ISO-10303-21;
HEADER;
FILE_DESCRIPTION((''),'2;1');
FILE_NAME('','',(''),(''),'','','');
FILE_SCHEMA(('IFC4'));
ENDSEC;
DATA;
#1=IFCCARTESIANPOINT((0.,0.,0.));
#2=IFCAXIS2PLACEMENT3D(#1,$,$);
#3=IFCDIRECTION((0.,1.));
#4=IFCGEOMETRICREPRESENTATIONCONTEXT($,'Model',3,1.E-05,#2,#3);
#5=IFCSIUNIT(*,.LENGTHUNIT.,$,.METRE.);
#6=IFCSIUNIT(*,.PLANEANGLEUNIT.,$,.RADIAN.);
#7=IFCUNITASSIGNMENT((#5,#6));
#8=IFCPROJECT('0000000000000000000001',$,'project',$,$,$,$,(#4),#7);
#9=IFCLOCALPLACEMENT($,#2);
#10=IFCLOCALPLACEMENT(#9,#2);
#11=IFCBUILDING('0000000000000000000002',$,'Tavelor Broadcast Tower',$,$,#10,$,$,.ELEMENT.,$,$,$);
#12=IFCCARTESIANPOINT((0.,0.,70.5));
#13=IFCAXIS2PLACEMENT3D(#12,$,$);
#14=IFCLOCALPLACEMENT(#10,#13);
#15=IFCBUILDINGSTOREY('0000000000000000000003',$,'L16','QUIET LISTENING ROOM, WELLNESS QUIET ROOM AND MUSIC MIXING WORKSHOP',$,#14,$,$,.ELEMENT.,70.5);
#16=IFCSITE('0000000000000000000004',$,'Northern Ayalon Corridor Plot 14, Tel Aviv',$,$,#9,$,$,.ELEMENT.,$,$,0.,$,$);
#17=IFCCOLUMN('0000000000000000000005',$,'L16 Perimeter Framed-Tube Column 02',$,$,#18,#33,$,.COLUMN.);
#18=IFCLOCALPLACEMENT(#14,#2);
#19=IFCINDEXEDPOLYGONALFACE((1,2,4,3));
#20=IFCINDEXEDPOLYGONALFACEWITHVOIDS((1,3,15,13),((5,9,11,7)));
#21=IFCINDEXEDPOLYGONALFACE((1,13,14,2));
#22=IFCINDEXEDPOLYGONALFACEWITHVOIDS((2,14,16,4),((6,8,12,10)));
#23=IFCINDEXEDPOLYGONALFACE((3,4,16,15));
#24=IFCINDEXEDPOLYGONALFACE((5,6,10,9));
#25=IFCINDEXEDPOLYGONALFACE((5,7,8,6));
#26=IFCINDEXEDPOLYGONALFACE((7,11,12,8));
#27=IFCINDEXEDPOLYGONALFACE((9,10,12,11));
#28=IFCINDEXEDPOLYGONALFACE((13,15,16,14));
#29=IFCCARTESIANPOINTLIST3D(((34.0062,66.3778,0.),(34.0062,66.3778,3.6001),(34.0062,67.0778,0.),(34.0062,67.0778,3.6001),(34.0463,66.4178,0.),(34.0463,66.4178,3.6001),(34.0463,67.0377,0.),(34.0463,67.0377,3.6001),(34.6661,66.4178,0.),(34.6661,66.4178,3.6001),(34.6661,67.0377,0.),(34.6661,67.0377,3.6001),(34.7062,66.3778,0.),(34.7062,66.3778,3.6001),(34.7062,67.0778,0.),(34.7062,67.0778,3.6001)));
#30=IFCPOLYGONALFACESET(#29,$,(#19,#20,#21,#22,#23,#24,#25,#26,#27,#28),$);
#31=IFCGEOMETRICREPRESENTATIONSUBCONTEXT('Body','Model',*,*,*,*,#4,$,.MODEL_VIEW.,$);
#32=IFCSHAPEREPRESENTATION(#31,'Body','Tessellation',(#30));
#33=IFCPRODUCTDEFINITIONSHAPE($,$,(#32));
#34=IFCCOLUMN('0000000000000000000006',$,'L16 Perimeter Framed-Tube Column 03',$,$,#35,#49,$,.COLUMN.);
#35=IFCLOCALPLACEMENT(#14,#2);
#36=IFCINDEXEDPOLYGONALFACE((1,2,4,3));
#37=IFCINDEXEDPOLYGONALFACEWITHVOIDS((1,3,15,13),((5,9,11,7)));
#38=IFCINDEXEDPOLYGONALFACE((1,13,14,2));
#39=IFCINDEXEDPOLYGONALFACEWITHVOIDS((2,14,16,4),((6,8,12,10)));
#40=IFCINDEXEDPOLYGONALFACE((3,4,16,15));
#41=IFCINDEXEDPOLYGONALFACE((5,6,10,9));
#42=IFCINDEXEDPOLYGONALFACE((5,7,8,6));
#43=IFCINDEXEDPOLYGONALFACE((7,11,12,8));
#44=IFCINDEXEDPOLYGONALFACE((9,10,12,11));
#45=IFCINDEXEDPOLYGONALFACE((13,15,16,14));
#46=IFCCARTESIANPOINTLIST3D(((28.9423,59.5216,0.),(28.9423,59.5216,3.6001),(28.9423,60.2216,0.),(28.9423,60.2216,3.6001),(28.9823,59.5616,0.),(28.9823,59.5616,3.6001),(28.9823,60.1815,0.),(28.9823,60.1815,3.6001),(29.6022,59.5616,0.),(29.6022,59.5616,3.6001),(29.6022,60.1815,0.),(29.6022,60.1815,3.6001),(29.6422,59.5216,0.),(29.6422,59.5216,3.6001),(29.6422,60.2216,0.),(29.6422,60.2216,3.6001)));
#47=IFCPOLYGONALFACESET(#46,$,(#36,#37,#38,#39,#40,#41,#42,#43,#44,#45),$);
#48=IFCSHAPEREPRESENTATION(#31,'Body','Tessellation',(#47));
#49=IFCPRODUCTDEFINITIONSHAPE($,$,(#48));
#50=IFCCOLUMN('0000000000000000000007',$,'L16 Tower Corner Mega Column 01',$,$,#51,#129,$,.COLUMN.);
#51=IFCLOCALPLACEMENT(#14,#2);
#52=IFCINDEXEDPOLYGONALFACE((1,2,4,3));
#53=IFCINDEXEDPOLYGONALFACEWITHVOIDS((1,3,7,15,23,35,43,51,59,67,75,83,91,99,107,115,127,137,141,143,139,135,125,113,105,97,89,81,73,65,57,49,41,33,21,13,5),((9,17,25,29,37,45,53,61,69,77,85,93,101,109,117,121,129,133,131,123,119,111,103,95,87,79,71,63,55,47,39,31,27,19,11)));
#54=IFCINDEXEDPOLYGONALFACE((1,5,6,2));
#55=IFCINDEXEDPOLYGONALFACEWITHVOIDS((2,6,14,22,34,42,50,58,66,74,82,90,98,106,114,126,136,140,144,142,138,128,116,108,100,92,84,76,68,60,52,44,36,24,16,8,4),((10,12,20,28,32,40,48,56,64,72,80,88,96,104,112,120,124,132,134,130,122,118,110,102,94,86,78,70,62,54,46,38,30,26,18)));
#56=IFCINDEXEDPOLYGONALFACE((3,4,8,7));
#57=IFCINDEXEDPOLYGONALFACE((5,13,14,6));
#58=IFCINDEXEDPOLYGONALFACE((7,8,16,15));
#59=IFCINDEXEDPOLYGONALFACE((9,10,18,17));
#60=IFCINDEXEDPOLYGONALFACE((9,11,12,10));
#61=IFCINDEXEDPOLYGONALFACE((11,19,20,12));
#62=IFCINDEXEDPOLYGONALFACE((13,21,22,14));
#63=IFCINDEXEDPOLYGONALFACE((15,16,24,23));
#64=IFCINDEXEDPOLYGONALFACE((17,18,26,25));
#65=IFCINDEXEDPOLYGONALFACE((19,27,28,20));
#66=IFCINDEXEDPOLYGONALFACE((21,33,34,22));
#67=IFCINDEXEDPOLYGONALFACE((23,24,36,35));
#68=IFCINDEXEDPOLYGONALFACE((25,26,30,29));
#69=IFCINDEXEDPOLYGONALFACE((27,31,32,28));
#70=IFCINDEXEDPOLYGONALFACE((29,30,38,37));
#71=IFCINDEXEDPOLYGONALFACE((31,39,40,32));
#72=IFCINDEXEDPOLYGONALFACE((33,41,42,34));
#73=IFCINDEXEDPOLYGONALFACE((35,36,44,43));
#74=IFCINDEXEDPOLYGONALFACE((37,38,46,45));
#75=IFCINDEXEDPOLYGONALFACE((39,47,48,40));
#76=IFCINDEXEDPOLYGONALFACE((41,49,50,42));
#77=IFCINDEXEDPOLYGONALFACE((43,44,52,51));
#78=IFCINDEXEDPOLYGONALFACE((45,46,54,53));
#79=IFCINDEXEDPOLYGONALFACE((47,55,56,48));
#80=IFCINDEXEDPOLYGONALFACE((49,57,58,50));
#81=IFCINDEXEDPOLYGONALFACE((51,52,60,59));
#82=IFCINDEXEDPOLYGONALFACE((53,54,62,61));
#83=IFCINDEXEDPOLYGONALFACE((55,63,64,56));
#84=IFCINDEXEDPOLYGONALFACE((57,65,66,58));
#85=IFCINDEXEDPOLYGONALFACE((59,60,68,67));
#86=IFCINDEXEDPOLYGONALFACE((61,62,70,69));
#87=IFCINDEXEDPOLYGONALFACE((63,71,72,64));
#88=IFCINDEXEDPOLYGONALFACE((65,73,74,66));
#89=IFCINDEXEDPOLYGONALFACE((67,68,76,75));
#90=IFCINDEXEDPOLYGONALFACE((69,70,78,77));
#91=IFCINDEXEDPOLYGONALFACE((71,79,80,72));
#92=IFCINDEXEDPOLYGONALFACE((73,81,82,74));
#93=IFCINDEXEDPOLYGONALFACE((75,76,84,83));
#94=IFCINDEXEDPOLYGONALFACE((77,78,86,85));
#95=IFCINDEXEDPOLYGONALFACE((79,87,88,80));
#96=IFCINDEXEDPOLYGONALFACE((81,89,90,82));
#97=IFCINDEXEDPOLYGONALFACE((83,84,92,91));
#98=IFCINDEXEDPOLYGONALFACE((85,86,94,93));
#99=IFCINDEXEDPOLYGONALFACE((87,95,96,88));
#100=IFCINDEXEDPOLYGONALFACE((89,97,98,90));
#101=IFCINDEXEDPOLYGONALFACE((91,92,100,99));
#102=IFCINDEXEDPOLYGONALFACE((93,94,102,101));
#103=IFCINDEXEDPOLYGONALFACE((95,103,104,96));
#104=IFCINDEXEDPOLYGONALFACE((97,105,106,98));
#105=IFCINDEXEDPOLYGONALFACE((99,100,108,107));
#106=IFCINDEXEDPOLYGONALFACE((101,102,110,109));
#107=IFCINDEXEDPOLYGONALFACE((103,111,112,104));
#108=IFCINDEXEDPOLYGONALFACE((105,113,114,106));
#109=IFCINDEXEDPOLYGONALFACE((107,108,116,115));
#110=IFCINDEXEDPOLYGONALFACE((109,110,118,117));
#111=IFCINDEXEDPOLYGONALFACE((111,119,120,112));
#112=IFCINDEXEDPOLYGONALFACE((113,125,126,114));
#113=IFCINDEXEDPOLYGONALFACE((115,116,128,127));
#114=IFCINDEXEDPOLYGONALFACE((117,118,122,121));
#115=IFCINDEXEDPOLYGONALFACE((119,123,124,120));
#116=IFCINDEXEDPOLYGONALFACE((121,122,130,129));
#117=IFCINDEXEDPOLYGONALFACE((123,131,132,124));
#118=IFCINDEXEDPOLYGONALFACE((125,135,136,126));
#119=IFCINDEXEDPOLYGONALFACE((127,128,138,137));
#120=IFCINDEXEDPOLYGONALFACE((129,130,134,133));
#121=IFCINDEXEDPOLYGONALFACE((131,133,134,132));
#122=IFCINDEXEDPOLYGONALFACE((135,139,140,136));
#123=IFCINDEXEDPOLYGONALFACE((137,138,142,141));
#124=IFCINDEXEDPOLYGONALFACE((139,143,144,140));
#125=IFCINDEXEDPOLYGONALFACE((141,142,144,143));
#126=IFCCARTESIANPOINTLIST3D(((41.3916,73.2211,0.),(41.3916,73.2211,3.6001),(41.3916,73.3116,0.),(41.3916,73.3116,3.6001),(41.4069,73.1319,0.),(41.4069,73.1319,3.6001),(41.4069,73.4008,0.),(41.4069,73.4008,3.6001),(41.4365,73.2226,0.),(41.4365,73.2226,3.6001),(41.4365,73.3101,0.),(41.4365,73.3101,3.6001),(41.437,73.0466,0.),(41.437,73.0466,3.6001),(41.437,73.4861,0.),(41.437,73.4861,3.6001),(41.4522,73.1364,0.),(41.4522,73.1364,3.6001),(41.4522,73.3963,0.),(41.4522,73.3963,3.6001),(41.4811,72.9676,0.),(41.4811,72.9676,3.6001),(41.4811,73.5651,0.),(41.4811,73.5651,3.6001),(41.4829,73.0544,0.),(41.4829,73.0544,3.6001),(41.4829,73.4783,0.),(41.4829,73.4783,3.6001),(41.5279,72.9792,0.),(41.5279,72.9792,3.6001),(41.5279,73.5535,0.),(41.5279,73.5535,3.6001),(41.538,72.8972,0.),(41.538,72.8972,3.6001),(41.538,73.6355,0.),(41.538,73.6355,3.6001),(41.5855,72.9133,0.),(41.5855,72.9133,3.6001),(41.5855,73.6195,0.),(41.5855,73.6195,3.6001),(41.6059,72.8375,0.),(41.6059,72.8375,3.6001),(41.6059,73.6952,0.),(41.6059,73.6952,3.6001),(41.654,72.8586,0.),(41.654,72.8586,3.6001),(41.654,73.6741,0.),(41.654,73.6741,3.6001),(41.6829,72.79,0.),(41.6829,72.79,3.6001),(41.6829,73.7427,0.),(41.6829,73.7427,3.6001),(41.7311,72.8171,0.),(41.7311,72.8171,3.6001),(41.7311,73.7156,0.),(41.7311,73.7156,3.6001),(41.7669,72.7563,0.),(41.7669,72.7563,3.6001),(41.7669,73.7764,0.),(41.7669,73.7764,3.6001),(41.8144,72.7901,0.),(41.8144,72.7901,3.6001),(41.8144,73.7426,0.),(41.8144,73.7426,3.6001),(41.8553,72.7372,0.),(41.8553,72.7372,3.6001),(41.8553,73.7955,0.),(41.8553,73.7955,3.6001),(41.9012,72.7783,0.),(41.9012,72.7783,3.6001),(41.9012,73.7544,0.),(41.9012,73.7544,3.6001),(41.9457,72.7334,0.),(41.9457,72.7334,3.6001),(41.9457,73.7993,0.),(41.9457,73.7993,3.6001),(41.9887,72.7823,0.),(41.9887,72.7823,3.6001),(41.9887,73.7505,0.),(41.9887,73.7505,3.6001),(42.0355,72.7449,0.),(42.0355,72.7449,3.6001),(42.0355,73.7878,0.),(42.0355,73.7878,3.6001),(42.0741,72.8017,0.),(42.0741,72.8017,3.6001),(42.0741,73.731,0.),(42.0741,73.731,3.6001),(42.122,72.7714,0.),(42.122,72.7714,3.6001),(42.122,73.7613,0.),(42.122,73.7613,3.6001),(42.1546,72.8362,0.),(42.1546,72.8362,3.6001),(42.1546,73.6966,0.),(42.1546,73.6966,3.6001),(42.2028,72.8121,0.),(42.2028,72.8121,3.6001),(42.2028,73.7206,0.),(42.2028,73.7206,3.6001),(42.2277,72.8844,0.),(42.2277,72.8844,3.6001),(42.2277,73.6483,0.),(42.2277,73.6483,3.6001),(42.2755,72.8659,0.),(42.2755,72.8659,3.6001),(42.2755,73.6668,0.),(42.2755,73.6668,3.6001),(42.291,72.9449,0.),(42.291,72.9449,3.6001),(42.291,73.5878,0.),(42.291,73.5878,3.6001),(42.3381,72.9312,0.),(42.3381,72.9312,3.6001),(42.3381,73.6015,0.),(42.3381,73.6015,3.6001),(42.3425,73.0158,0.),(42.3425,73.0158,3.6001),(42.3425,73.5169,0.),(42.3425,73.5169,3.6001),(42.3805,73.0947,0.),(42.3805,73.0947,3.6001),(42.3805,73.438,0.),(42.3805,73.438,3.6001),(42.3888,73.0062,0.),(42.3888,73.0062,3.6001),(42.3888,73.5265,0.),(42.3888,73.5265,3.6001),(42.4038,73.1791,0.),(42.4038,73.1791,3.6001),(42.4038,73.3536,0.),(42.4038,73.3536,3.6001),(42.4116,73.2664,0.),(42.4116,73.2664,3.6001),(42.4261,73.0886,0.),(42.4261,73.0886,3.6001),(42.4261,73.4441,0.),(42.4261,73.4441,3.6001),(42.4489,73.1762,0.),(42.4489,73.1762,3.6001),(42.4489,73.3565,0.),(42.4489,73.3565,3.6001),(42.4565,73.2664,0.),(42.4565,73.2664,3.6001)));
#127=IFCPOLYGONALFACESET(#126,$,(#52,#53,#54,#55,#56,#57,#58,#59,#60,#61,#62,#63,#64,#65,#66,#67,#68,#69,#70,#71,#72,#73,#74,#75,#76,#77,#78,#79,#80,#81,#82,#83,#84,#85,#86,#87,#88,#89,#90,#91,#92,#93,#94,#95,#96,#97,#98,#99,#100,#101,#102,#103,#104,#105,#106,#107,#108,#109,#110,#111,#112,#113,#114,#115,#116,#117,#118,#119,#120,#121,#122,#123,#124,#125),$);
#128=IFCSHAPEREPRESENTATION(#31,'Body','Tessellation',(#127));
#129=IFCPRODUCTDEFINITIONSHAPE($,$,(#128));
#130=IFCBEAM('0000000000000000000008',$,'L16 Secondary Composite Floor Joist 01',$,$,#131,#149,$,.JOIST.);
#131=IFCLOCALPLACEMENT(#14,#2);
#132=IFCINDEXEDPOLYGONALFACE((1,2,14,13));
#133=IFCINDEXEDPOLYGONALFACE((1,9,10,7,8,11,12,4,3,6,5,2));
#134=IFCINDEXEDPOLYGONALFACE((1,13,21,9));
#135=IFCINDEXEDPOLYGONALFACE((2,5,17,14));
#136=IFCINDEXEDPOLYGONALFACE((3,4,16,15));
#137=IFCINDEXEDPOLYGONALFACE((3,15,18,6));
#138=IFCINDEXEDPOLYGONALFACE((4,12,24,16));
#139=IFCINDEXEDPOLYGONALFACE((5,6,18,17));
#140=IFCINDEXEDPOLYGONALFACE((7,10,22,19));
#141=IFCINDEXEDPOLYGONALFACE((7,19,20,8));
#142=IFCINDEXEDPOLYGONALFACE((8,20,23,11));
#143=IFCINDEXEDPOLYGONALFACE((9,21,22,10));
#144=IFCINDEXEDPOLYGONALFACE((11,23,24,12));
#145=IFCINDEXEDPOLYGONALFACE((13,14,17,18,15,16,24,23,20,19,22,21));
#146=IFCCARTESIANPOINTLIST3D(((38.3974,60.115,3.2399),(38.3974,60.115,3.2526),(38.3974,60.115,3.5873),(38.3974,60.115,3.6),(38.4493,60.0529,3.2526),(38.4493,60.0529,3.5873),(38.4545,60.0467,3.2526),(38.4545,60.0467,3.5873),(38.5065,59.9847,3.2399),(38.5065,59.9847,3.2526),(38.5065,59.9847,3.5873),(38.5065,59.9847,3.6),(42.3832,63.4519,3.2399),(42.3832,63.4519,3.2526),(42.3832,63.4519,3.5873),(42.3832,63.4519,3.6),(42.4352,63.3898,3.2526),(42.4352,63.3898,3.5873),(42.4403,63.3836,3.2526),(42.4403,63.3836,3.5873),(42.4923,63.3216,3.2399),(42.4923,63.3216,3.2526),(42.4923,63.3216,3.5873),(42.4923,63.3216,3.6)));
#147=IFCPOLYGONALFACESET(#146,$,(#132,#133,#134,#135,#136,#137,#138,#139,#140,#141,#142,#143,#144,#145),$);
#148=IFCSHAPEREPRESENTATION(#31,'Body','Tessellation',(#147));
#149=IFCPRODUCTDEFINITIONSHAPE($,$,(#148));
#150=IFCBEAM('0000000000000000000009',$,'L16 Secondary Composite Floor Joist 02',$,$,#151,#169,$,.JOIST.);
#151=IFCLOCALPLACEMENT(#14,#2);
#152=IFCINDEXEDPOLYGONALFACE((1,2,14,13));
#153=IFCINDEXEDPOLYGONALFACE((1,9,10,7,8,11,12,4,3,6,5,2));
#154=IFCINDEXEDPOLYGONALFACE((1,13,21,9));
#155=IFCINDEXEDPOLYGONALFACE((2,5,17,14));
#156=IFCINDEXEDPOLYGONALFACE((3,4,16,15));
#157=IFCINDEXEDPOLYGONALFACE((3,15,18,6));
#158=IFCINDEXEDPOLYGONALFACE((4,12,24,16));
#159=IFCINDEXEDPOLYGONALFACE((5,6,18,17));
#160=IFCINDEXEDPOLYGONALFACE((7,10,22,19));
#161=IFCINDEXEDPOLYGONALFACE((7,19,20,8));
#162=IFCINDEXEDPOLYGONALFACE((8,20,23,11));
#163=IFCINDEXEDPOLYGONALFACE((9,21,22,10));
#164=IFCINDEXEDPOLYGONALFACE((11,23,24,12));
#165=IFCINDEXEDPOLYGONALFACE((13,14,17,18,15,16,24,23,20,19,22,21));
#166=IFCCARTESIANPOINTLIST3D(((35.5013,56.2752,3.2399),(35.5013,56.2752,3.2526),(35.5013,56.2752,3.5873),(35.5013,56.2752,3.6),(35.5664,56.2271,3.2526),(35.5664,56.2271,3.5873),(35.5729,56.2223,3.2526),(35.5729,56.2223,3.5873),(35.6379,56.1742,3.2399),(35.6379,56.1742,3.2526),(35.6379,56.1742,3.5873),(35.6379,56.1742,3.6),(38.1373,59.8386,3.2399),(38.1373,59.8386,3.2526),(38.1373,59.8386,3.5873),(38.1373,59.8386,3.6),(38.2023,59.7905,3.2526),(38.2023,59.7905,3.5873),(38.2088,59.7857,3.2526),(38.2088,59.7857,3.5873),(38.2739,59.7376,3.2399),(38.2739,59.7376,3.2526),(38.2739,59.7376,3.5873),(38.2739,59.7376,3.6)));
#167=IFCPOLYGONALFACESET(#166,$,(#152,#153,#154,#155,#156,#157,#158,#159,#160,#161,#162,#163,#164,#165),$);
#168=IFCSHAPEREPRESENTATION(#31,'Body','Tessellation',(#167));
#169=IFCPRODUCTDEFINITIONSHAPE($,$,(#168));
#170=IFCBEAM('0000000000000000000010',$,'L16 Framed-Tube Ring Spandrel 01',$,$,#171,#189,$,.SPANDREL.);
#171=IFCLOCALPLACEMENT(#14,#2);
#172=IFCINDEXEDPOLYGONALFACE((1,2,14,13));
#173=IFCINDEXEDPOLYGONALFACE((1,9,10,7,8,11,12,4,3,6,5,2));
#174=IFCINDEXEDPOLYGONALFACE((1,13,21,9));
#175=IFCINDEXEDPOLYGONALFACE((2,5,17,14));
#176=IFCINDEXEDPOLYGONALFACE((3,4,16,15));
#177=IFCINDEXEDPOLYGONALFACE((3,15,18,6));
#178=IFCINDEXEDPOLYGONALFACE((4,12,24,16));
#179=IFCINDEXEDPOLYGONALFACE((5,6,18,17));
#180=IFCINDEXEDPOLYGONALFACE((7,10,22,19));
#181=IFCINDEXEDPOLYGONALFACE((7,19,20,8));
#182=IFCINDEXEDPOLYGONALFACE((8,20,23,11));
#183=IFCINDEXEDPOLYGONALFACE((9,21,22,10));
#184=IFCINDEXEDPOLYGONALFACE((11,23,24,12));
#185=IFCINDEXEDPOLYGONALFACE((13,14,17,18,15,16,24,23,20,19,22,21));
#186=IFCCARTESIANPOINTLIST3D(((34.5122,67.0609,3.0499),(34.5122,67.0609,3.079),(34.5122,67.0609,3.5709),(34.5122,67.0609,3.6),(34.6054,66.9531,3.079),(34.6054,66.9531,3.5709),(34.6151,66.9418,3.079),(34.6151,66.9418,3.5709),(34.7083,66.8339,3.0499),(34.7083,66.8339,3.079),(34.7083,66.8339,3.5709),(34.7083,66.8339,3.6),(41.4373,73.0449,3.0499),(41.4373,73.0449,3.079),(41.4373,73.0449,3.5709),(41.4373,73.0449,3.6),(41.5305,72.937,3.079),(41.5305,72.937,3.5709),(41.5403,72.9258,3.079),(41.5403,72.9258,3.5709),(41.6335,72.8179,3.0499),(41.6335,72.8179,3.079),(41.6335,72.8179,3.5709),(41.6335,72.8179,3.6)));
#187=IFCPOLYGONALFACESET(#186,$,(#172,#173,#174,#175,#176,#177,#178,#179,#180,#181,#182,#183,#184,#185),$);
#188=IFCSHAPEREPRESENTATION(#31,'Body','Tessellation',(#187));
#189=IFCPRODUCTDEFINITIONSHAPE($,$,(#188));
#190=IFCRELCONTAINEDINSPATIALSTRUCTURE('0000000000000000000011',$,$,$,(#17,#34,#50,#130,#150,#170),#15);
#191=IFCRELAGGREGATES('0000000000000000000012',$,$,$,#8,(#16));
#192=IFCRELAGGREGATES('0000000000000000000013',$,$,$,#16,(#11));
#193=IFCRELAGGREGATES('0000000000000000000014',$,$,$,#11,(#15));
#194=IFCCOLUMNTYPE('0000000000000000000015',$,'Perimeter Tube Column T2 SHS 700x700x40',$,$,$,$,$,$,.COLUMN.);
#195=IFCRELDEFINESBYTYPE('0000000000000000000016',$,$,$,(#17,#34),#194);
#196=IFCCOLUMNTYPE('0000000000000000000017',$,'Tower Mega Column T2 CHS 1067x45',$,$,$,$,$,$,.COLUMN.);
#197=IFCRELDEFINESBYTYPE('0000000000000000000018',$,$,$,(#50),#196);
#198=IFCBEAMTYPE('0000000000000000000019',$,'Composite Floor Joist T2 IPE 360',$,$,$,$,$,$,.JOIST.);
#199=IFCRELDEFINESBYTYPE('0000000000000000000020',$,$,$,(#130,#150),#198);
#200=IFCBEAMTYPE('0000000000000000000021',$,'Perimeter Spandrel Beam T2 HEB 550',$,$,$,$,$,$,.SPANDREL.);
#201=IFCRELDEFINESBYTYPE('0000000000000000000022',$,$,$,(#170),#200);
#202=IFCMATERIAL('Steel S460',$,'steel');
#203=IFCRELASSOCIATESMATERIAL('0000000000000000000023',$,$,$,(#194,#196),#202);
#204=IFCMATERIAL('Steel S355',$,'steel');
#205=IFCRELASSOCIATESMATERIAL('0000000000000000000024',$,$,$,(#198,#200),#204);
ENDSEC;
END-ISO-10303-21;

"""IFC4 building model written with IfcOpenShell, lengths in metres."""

from ifc_helpers import new_model, si_unit, direction, frame, origin, origin_2d, place, context, subcontext, project, spatial, hollow_rectangle, hollow_circle, i_section, extrude, material, material_profile, profile_set, type_object, element, save


model = new_model("IFC4")

# Units and contexts
model_context = context("Model", 3, precision=1e-05, world=origin(), true_north=direction((0.0, 1.0)))
body_context = subcontext(model_context, "Body", "Model", "MODEL_VIEW")
ifc_project = project(units=[si_unit("LENGTHUNIT", "METRE"), si_unit("PLANEANGLEUNIT", "RADIAN")], contexts=[model_context])

# Site, building, storey
site_placement = place(None, origin())
site = spatial("IfcSite", under=ifc_project, at=site_placement, Name="Northern Ayalon Corridor Plot 14, Tel Aviv", CompositionType="ELEMENT", RefElevation=0.0)
building_placement = place(site_placement, origin())
building = spatial("IfcBuilding", under=site, at=building_placement, Name="Tavelor Broadcast Tower", CompositionType="ELEMENT")
storey_placement = place(building_placement, frame((0.0, 0.0, 70.5)))
storey = spatial("IfcBuildingStorey", under=building, at=storey_placement, Name="L16", Description="QUIET LISTENING ROOM, WELLNESS QUIET ROOM AND MUSIC MIXING WORKSHOP", CompositionType="ELEMENT", Elevation=70.5)

# Columns
ifc_material_1 = material(Name="Steel S460", Category="steel")
ifc_material_profile_1 = material_profile(ifc_material_1, hollow_rectangle(XDim=0.7, YDim=0.7, WallThickness=0.04, at=origin_2d()), Name="SHS 700x700x40")
ifc_profile_set_1 = profile_set([ifc_material_profile_1], Name="Steel S460")
column_type_1 = type_object("IfcColumnType", Name="Perimeter Tube Column T2 SHS 700x700x40", PredefinedType="COLUMN", material=ifc_profile_set_1)
for number, where, z_axis, x_axis, name in (
    (1, (34.3562, 66.7278, 0.0), (0.0, 0.0, 1.0), (1.0, 0.0, 0.0), "L16 Perimeter Framed-Tube Column 02"),
    (2, (29.2922, 59.8716, 0.0), (0.0, 0.0, 1.0), (1.0, 0.0, 0.0), "L16 Perimeter Framed-Tube Column 03"),
):
    element("IfcColumn", number, at=place(storey_placement, frame(where, z_axis=z_axis, x_axis=x_axis)), inside=storey, type_object=column_type_1, Name=name, PredefinedType="COLUMN", context=body_context, shape_type="SweptSolid", body=[
        extrude(hollow_rectangle(XDim=0.7, YDim=0.7, WallThickness=0.04, at=origin_2d()), origin(), (0.0, 0.0, 1.0), 3.6001),
    ])
ifc_material_profile_2 = material_profile(ifc_material_1, hollow_circle(Radius=0.5334, WallThickness=0.0449, at=origin_2d()), Name="CHS 1067x45")
ifc_profile_set_2 = profile_set([ifc_material_profile_2], Name="Steel S460")
column_type_2 = type_object("IfcColumnType", Name="Tower Mega Column T2 CHS 1067x45", PredefinedType="COLUMN", material=ifc_profile_set_2)
column_placement = place(storey_placement, frame((41.9231, 73.2664, 0.0), z_axis=(0.0, 0.0, 1.0), x_axis=(1.0, 0.0, 0.0)))
element("IfcColumn", 3, at=column_placement, inside=storey, type_object=column_type_2, Name="L16 Tower Corner Mega Column 01", PredefinedType="COLUMN", context=body_context, shape_type="SweptSolid", body=[
    extrude(hollow_circle(Radius=0.5334, WallThickness=0.0449, at=origin_2d()), origin(), (0.0, 0.0, 1.0), 3.6001),
])

# Beams
ifc_material_2 = material(Name="Steel S355", Category="steel")
ifc_material_profile_3 = material_profile(ifc_material_2, i_section(OverallWidth=0.1699, OverallDepth=0.3601, WebThickness=0.0081, FlangeThickness=0.0127, at=origin_2d()), Name="IPE 360")
ifc_profile_set_3 = profile_set([ifc_material_profile_3], Name="Steel S355")
beam_type_1 = type_object("IfcBeamType", Name="Composite Floor Joist T2 IPE 360", PredefinedType="JOIST", material=ifc_profile_set_3)
beam_1_placement = place(storey_placement, frame((42.4377, 63.3867, 3.4199), z_axis=(-0.766764, -0.641929, 0.0), x_axis=(0.641929, -0.766764, 0.0)))
element("IfcBeam", 4, at=beam_1_placement, inside=storey, type_object=beam_type_1, Name="L16 Secondary Composite Floor Joist 01", PredefinedType="JOIST", context=body_context, shape_type="SweptSolid", body=[
    extrude(i_section(OverallWidth=0.1699, OverallDepth=0.3601, WebThickness=0.0081, FlangeThickness=0.0127, at=origin_2d()), origin(), (0.0, 0.0, 1.0), 5.1982),
])
beam_2_placement = place(storey_placement, frame((38.2056, 59.7881, 3.4199), z_axis=(-0.594699, -0.803948, 0.0), x_axis=(0.803948, -0.594699, 0.0)))
element("IfcBeam", 5, at=beam_2_placement, inside=storey, type_object=beam_type_1, Name="L16 Secondary Composite Floor Joist 02", PredefinedType="JOIST", context=body_context, shape_type="SweptSolid", body=[
    extrude(i_section(OverallWidth=0.1699, OverallDepth=0.3601, WebThickness=0.0081, FlangeThickness=0.0127, at=origin_2d()), origin(), (0.0, 0.0, 1.0), 4.4324),
])
ifc_material_profile_4 = material_profile(ifc_material_2, i_section(OverallWidth=0.3, OverallDepth=0.55, WebThickness=0.0149, FlangeThickness=0.0291, at=origin_2d()), Name="HEB 550")
ifc_profile_set_4 = profile_set([ifc_material_profile_4], Name="Steel S355")
beam_type_2 = type_object("IfcBeamType", Name="Perimeter Spandrel Beam T2 HEB 550", PredefinedType="SPANDREL", material=ifc_profile_set_4)
beam_3_placement = place(storey_placement, frame((41.5354, 72.9314, 3.325), z_axis=(-0.756652, -0.653818, 0.0), x_axis=(0.653818, -0.756652, 0.0)))
element("IfcBeam", 6, at=beam_3_placement, inside=storey, type_object=beam_type_2, Name="L16 Framed-Tube Ring Spandrel 01", PredefinedType="SPANDREL", context=body_context, shape_type="SweptSolid", body=[
    extrude(i_section(OverallWidth=0.3, OverallDepth=0.55, WebThickness=0.0149, FlangeThickness=0.0291, at=origin_2d()), origin(), (0.0, 0.0, 1.0), 9.1523),
])

save(model, "model.ifc")
